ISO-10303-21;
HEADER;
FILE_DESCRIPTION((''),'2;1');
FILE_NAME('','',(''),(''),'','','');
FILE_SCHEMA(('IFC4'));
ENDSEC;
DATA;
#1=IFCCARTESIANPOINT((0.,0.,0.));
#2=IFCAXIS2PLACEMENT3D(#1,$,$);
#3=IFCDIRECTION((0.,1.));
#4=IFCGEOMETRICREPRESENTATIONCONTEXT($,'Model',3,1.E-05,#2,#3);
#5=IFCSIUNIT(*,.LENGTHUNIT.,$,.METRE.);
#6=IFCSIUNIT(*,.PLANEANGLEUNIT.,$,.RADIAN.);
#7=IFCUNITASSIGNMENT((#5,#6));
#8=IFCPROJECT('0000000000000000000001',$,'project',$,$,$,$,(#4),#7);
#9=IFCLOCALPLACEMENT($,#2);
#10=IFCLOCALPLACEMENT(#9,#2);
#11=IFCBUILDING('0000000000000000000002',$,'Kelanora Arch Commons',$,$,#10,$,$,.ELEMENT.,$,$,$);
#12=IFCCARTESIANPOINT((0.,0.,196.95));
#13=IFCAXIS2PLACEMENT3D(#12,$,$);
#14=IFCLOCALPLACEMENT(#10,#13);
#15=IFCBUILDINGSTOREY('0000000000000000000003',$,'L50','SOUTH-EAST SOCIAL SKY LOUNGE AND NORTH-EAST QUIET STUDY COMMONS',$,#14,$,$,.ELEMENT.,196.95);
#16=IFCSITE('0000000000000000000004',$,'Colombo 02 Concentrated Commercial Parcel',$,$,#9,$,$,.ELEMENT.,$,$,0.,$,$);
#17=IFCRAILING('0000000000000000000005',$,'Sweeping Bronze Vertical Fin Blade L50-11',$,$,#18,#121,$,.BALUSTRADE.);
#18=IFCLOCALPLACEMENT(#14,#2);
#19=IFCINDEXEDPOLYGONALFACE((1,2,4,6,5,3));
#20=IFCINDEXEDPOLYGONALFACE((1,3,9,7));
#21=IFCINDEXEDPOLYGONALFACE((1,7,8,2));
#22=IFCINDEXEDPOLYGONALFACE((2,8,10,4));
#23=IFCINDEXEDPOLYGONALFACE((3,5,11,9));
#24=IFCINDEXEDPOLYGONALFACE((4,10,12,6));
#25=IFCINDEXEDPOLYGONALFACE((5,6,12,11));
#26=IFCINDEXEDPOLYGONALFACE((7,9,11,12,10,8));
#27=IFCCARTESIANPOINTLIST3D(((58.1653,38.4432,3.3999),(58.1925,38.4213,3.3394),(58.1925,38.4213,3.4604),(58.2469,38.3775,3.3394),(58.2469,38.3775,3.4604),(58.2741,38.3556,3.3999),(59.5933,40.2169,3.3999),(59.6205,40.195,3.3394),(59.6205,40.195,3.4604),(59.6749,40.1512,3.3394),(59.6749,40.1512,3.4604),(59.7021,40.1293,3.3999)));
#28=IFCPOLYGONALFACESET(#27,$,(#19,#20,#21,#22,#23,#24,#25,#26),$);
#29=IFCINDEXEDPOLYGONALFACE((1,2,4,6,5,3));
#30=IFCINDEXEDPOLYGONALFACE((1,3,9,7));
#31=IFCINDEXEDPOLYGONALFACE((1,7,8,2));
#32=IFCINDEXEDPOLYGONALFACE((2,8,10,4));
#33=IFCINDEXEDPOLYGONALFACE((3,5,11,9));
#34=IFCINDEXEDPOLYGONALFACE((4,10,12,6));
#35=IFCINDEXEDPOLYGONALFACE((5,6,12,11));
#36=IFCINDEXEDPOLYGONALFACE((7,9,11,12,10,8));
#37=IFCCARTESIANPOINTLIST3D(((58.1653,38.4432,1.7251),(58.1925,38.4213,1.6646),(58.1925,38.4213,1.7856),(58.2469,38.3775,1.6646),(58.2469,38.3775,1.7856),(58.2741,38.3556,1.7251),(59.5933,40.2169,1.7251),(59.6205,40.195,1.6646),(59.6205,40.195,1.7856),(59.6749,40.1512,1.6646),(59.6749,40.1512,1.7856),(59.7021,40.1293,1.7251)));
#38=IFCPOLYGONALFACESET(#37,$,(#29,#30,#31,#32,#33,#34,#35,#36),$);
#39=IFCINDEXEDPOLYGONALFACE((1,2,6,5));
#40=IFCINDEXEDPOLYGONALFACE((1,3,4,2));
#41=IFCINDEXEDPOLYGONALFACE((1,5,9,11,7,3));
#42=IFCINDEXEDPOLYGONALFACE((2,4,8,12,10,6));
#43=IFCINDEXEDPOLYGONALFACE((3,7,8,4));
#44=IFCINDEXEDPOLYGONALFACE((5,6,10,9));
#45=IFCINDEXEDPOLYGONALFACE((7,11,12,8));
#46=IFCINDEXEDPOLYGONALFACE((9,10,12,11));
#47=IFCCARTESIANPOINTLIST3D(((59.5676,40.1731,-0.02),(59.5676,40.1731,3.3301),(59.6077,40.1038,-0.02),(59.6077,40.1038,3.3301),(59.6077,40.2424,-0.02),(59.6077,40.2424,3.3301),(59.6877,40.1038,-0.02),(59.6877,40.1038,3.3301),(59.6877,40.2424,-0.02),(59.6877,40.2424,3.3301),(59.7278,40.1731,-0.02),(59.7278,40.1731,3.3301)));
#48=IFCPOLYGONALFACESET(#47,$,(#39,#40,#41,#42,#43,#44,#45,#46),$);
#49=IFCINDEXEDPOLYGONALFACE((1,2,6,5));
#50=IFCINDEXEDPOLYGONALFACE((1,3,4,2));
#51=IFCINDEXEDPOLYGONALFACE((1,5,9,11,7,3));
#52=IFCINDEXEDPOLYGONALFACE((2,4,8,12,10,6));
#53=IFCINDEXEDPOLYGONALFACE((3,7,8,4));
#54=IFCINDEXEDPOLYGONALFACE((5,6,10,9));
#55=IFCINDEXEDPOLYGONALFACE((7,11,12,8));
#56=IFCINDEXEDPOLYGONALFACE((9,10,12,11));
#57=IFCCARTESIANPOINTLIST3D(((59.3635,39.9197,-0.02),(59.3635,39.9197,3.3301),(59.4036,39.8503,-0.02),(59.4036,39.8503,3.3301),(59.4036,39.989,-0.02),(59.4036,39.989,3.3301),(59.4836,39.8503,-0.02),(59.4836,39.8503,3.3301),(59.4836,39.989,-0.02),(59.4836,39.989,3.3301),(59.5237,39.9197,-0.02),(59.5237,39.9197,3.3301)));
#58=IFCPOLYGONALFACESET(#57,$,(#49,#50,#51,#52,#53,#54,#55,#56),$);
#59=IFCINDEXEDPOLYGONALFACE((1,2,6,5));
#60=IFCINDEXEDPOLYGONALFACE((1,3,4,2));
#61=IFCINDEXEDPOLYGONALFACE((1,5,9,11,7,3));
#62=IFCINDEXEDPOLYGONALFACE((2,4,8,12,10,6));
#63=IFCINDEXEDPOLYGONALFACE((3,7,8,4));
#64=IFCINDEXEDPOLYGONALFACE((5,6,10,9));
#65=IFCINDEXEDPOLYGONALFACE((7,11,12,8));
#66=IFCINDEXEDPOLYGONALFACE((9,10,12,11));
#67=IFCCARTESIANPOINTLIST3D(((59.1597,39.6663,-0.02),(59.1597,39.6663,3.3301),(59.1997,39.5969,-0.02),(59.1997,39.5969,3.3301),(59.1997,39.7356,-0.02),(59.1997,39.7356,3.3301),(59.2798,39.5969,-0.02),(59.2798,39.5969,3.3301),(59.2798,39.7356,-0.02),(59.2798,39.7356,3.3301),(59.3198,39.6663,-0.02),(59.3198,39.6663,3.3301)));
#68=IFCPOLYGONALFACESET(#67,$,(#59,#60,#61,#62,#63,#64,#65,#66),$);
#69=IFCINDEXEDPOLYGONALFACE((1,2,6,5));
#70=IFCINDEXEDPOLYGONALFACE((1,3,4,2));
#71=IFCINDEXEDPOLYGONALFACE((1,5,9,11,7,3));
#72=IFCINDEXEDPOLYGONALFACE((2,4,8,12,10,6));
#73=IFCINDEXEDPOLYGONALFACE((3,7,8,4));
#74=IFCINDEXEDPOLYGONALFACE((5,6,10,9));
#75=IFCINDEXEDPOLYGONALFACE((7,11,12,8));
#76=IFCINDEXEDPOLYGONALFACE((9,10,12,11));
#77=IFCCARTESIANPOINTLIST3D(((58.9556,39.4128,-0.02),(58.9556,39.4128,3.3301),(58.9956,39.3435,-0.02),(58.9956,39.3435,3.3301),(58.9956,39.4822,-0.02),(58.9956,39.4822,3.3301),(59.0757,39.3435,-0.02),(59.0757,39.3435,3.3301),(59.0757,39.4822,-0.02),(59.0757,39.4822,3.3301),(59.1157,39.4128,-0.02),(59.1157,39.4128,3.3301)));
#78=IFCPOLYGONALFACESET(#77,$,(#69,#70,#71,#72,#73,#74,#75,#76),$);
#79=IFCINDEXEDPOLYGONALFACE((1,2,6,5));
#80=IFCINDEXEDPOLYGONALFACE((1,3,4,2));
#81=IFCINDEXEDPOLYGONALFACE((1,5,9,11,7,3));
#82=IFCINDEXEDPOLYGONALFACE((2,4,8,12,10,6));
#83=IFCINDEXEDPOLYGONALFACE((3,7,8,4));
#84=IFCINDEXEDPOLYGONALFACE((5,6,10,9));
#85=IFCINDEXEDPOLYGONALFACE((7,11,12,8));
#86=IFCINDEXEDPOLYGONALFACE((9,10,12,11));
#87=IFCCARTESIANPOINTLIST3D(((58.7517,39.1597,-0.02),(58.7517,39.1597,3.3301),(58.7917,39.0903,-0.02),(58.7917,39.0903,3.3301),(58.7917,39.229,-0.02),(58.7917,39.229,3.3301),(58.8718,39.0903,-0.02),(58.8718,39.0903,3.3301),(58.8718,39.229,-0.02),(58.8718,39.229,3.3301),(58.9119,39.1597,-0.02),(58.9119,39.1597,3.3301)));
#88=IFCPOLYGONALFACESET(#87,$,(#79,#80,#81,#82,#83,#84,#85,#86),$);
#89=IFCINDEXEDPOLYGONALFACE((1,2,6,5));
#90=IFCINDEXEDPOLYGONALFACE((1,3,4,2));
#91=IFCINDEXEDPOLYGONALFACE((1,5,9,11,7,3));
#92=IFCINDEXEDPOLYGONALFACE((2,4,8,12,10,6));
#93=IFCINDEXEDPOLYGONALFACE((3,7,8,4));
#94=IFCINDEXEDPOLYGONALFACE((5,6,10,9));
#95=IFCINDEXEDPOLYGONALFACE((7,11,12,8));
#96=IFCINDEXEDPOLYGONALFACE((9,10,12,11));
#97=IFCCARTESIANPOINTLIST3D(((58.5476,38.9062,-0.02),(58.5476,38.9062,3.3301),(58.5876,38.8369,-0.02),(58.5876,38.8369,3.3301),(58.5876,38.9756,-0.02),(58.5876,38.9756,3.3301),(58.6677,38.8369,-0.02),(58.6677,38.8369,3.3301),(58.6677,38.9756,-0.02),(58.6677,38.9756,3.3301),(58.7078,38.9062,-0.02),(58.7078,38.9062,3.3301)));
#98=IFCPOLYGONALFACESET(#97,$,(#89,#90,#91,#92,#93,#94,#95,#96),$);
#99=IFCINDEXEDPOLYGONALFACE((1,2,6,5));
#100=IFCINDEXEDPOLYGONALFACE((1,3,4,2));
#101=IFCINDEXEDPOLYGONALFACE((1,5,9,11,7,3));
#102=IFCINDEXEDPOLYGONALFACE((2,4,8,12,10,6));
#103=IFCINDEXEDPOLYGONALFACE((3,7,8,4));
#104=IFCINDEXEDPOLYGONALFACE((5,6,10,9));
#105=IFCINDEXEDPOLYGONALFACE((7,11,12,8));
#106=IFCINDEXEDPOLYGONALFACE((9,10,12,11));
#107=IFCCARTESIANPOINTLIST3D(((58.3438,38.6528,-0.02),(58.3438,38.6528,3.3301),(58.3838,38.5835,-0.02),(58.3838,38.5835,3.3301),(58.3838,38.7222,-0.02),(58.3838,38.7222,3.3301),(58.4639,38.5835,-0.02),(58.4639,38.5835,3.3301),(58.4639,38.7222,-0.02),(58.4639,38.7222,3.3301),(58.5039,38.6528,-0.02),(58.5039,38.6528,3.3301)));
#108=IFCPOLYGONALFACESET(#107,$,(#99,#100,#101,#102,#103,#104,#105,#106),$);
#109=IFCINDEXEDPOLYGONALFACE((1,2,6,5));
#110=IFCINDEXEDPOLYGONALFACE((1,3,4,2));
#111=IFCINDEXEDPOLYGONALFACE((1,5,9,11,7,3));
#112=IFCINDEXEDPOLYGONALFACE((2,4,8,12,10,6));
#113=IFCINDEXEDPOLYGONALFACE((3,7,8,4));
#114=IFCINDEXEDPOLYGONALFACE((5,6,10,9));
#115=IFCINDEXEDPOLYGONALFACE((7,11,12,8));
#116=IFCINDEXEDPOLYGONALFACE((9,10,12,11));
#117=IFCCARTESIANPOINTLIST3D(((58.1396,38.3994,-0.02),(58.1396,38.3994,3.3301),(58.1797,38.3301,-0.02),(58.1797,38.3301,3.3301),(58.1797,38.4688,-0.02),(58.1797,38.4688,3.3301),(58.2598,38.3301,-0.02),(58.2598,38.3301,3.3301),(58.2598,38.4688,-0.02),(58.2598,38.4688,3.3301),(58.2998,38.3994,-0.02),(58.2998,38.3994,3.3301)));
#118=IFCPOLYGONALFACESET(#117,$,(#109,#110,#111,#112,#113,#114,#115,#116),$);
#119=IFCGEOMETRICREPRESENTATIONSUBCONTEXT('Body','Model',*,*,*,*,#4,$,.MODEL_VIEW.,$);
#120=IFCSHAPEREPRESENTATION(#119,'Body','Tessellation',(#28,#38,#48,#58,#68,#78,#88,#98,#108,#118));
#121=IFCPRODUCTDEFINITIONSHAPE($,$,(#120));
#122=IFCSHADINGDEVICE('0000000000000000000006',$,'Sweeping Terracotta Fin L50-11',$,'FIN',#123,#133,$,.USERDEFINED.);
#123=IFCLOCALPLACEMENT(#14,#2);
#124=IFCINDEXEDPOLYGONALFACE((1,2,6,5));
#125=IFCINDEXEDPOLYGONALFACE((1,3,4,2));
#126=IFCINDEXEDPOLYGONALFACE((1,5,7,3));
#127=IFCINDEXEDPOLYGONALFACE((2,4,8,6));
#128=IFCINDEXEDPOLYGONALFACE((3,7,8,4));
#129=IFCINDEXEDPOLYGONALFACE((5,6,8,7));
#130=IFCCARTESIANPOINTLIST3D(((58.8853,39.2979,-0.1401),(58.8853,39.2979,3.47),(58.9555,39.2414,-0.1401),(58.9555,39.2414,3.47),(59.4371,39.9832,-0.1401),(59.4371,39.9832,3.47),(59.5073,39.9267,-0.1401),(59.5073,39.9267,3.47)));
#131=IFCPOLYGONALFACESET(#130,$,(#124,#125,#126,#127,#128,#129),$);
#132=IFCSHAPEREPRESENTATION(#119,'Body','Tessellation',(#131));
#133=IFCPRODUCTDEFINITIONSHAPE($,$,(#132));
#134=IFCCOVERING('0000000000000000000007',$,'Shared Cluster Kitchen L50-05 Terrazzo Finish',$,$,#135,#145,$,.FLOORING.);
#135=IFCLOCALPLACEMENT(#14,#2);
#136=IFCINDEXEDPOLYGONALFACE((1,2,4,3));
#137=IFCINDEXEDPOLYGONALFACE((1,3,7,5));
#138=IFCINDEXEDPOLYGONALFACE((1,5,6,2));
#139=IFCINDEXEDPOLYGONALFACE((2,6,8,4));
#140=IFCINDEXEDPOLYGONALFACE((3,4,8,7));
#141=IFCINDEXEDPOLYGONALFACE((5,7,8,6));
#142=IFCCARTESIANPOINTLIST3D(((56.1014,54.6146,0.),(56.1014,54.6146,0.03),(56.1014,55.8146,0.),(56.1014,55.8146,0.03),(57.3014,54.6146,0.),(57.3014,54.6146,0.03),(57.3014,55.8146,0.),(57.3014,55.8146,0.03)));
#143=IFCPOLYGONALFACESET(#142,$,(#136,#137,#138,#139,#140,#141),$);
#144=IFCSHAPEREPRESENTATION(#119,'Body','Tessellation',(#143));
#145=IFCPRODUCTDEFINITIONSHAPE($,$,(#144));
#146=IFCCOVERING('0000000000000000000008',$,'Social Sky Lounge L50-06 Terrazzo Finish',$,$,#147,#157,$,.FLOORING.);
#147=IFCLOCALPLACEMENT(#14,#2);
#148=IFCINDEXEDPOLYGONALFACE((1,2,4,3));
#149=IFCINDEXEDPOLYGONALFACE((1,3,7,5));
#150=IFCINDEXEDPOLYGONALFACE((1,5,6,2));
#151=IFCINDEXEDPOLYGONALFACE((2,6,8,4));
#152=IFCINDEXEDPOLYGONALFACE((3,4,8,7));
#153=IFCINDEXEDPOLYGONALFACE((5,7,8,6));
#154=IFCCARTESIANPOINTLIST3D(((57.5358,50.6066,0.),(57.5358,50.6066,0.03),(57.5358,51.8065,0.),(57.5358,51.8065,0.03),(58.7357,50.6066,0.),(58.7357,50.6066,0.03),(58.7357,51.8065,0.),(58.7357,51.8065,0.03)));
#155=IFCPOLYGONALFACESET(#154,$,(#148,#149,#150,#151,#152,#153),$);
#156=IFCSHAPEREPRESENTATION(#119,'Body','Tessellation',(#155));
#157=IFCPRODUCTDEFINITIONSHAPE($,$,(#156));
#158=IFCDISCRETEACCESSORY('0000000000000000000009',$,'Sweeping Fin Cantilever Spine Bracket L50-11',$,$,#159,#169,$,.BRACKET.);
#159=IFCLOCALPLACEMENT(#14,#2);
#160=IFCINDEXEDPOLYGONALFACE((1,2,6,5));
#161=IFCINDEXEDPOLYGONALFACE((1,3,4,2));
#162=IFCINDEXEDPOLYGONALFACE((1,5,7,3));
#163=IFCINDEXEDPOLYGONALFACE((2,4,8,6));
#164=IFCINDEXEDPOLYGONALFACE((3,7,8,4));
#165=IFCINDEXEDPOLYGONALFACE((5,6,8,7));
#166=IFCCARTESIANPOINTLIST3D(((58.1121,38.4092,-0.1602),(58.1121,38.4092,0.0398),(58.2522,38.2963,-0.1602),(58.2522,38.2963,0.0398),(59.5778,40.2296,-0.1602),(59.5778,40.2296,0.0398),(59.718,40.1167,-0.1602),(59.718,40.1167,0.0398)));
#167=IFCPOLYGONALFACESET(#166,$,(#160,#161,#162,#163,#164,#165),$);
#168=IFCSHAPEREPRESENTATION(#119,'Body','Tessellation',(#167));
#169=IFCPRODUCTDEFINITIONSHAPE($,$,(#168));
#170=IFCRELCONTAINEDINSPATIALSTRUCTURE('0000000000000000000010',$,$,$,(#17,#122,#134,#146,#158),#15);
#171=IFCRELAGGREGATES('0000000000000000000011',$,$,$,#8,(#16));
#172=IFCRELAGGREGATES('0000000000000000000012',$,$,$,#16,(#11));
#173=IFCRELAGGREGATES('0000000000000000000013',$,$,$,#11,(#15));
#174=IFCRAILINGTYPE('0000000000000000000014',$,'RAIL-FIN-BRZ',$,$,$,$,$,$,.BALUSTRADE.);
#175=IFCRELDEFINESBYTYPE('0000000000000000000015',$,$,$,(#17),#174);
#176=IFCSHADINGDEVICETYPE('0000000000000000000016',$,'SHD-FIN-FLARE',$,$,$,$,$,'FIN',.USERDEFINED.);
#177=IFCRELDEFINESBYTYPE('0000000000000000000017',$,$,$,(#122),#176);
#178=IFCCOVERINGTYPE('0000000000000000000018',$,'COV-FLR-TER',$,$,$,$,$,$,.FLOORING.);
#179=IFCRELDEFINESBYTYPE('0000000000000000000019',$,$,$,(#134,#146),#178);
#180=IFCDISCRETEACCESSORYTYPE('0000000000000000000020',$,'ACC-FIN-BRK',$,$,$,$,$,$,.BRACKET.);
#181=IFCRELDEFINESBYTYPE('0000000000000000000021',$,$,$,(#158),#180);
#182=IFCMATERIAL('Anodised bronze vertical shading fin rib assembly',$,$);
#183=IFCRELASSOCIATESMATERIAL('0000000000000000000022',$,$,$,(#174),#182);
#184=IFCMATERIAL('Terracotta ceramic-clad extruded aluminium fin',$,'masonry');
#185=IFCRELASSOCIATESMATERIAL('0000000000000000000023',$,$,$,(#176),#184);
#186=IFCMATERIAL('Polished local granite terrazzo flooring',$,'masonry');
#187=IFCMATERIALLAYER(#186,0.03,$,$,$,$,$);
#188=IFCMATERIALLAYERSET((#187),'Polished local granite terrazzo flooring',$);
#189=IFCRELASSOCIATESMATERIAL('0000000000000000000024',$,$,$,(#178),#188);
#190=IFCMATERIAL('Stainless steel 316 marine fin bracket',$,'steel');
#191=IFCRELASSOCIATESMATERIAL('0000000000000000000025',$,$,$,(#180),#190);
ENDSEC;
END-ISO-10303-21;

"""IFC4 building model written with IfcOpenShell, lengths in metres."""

from ifc_helpers import new_model, si_unit, direction, frame, origin, origin_2d, place, context, subcontext, project, spatial, polyline, rectangle, outline, extrude, source, transform, mapped, material, layer, layer_set, type_object, element, save


model = new_model("IFC4")

# Units and contexts
model_context = context("Model", 3, precision=1e-05, world=origin(), true_north=direction((0.0, 1.0)))
body_context = subcontext(model_context, "Body", "Model", "MODEL_VIEW")
ifc_project = project(units=[si_unit("LENGTHUNIT", "METRE"), si_unit("PLANEANGLEUNIT", "RADIAN")], contexts=[model_context])

# Site, building, storey
site_placement = place(None, origin())
site = spatial("IfcSite", under=ifc_project, at=site_placement, Name="Colombo 02 Concentrated Commercial Parcel", CompositionType="ELEMENT", RefElevation=0.0)
building_placement = place(site_placement, origin())
building = spatial("IfcBuilding", under=site, at=building_placement, Name="Kelanora Arch Commons", CompositionType="ELEMENT")
storey_placement = place(building_placement, frame((0.0, 0.0, 196.95)))
storey = spatial("IfcBuildingStorey", under=building, at=storey_placement, Name="L50", Description="SOUTH-EAST SOCIAL SKY LOUNGE AND NORTH-EAST QUIET STUDY COMMONS", CompositionType="ELEMENT", Elevation=196.95)

# Railing
ifc_material_1 = material(Name="Anodised bronze vertical shading fin rib assembly")
railing_type = type_object("IfcRailingType", Name="RAIL-FIN-BRZ", PredefinedType="BALUSTRADE", material=ifc_material_1)
railing_placement = place(storey_placement, frame((59.6477, 40.1731, -0.02)))
element("IfcRailing", 1, at=railing_placement, inside=storey, type_object=railing_type, Name="Sweeping Bronze Vertical Fin Blade L50-11", PredefinedType="BALUSTRADE", context=body_context, shape_type="SweptSolid", body=[
    extrude(outline(polyline([(0.0698, 0.0), (0.0349, 0.0605), (-0.0349, 0.0605), (-0.0698, 0.0), (-0.0349, -0.0605), (0.0349, -0.0605), (0.0698, 0.0)])), frame((0.0, 0.0, 3.4199), z_axis=(-0.627111, -0.77893, 0.0), x_axis=(0.77893, -0.627111, 0.0)), (0.0, 0.0, 1.0), 2.2771),
    extrude(outline(polyline([(0.0698, 0.0), (0.0349, 0.0605), (-0.0349, 0.0605), (-0.0698, 0.0), (-0.0349, -0.0605), (0.0349, -0.0605), (0.0698, 0.0)])), frame((0.0, 0.0, 1.7451), z_axis=(-0.627111, -0.77893, 0.0), x_axis=(0.77893, -0.627111, 0.0)), (0.0, 0.0, 1.0), 2.2771),
    extrude(outline(polyline([(0.0801, 0.0), (0.04, 0.0693), (-0.04, 0.0693), (-0.0801, 0.0), (-0.04, -0.0693), (0.04, -0.0693), (0.0801, 0.0)])), origin(), (0.0, 0.0, 1.0), 3.3501),
    extrude(outline(polyline([(0.0801, 0.0), (0.04, 0.0693), (-0.04, 0.0693), (-0.0801, 0.0), (-0.04, -0.0693), (0.04, -0.0693), (0.0801, 0.0)])), frame((-0.2041, -0.2534, 0.0)), (0.0, 0.0, 1.0), 3.3501),
    extrude(outline(polyline([(0.0801, 0.0), (0.04, 0.0693), (-0.04, 0.0693), (-0.0801, 0.0), (-0.04, -0.0693), (0.04, -0.0693), (0.0801, 0.0)])), frame((-0.408, -0.5068, 0.0)), (0.0, 0.0, 1.0), 3.3501),
    extrude(outline(polyline([(0.0801, 0.0), (0.04, 0.0693), (-0.04, 0.0693), (-0.0801, 0.0), (-0.04, -0.0693), (0.04, -0.0693), (0.0801, 0.0)])), frame((-0.6121, -0.7603, 0.0)), (0.0, 0.0, 1.0), 3.3501),
    extrude(outline(polyline([(0.0801, 0.0), (0.04, 0.0693), (-0.04, 0.0693), (-0.0801, 0.0), (-0.04, -0.0693), (0.04, -0.0693), (0.0801, 0.0)])), frame((-0.8159, -1.0134, 0.0)), (0.0, 0.0, 1.0), 3.3501),
    extrude(outline(polyline([(0.0801, 0.0), (0.04, 0.0693), (-0.04, 0.0693), (-0.0801, 0.0), (-0.04, -0.0693), (0.04, -0.0693), (0.0801, 0.0)])), frame((-1.02, -1.2668, 0.0)), (0.0, 0.0, 1.0), 3.3501),
    extrude(outline(polyline([(0.0801, 0.0), (0.04, 0.0693), (-0.04, 0.0693), (-0.0801, 0.0), (-0.04, -0.0693), (0.04, -0.0693), (0.0801, 0.0)])), frame((-1.2239, -1.5203, 0.0)), (0.0, 0.0, 1.0), 3.3501),
    extrude(outline(polyline([(0.0801, 0.0), (0.04, 0.0693), (-0.04, 0.0693), (-0.0801, 0.0), (-0.04, -0.0693), (0.04, -0.0693), (0.0801, 0.0)])), frame((-1.428, -1.7737, 0.0)), (0.0, 0.0, 1.0), 3.3501),
])

# Shading device
ifc_material_2 = material(Name="Terracotta ceramic-clad extruded aluminium fin", Category="masonry")
shading_device_type = type_object("IfcShadingDeviceType", Name="SHD-FIN-FLARE", ElementType="FIN", PredefinedType="USERDEFINED", material=ifc_material_2)
shared_shape_1 = source(origin(), body_context, "Body", "SweptSolid", [
    extrude(rectangle(XDim=0.8799, YDim=0.0901, at=origin_2d()), origin(), (0.0, 0.0, 1.0), 3.6101),
])
shading_device_placement = place(storey_placement, frame((59.1963, 39.6123, -0.1401), z_axis=(0.0, 0.0, 1.0), x_axis=(-0.627148, -0.7789, 0.0)))
element("IfcShadingDevice", 2, at=shading_device_placement, inside=storey, type_object=shading_device_type, Name="Sweeping Terracotta Fin L50-11", ObjectType="FIN", PredefinedType="USERDEFINED", context=body_context, shape_type="MappedRepresentation", body=[
    mapped(shared_shape_1, transform((0.0, 0.0, 0.0), scale=1.0)),
])

# Coverings
ifc_material_3 = material(Name="Polished local granite terrazzo flooring", Category="masonry")
ifc_layer_1 = layer(ifc_material_3, 0.03)
ifc_layer_set_1 = layer_set([ifc_layer_1], Name="Polished local granite terrazzo flooring")
covering_type = type_object("IfcCoveringType", Name="COV-FLR-TER", PredefinedType="FLOORING", material=ifc_layer_set_1)
shared_shape_2 = source(origin(), body_context, "Body", "SweptSolid", [
    extrude(rectangle(XDim=1.2, YDim=1.2, at=origin_2d()), origin(), (0.0, 0.0, 1.0), 0.03),
])
for number, where, z_axis, x_axis, name in (
    (3, (56.7014, 55.2146, 0.0), (0.0, 0.0, 1.0), (1.0, 0.0, 0.0), "Shared Cluster Kitchen L50-05 Terrazzo Finish"),
    (4, (58.1357, 51.2065, 0.0), (0.0, 0.0, 1.0), (1.0, 0.0, 0.0), "Social Sky Lounge L50-06 Terrazzo Finish"),
):
    element("IfcCovering", number, at=place(storey_placement, frame(where, z_axis=z_axis, x_axis=x_axis)), inside=storey, type_object=covering_type, Name=name, PredefinedType="FLOORING", context=body_context, shape_type="MappedRepresentation", body=[
        mapped(shared_shape_2, transform((0.0, 0.0, 0.0), scale=1.0)),
    ])

# Discrete accessory
ifc_material_4 = material(Name="Stainless steel 316 marine fin bracket", Category="steel")
discrete_accessory_type = type_object("IfcDiscreteAccessoryType", Name="ACC-FIN-BRK", PredefinedType="BRACKET", material=ifc_material_4)
shared_shape_3 = source(origin(), body_context, "Body", "SweptSolid", [
    extrude(rectangle(XDim=2.3372, YDim=0.1799, at=origin_2d()), origin(), (0.0, 0.0, 1.0), 0.2),
])
discrete_accessory_placement = place(storey_placement, frame((58.915, 39.2629, -0.1602), z_axis=(0.0, 0.0, 1.0), x_axis=(-0.627148, -0.7789, 0.0)))
element("IfcDiscreteAccessory", 5, at=discrete_accessory_placement, inside=storey, type_object=discrete_accessory_type, Name="Sweeping Fin Cantilever Spine Bracket L50-11", PredefinedType="BRACKET", context=body_context, shape_type="MappedRepresentation", body=[
    mapped(shared_shape_3, transform((0.0, 0.0, 0.0), scale=1.0)),
])

save(model, "model.ifc")
